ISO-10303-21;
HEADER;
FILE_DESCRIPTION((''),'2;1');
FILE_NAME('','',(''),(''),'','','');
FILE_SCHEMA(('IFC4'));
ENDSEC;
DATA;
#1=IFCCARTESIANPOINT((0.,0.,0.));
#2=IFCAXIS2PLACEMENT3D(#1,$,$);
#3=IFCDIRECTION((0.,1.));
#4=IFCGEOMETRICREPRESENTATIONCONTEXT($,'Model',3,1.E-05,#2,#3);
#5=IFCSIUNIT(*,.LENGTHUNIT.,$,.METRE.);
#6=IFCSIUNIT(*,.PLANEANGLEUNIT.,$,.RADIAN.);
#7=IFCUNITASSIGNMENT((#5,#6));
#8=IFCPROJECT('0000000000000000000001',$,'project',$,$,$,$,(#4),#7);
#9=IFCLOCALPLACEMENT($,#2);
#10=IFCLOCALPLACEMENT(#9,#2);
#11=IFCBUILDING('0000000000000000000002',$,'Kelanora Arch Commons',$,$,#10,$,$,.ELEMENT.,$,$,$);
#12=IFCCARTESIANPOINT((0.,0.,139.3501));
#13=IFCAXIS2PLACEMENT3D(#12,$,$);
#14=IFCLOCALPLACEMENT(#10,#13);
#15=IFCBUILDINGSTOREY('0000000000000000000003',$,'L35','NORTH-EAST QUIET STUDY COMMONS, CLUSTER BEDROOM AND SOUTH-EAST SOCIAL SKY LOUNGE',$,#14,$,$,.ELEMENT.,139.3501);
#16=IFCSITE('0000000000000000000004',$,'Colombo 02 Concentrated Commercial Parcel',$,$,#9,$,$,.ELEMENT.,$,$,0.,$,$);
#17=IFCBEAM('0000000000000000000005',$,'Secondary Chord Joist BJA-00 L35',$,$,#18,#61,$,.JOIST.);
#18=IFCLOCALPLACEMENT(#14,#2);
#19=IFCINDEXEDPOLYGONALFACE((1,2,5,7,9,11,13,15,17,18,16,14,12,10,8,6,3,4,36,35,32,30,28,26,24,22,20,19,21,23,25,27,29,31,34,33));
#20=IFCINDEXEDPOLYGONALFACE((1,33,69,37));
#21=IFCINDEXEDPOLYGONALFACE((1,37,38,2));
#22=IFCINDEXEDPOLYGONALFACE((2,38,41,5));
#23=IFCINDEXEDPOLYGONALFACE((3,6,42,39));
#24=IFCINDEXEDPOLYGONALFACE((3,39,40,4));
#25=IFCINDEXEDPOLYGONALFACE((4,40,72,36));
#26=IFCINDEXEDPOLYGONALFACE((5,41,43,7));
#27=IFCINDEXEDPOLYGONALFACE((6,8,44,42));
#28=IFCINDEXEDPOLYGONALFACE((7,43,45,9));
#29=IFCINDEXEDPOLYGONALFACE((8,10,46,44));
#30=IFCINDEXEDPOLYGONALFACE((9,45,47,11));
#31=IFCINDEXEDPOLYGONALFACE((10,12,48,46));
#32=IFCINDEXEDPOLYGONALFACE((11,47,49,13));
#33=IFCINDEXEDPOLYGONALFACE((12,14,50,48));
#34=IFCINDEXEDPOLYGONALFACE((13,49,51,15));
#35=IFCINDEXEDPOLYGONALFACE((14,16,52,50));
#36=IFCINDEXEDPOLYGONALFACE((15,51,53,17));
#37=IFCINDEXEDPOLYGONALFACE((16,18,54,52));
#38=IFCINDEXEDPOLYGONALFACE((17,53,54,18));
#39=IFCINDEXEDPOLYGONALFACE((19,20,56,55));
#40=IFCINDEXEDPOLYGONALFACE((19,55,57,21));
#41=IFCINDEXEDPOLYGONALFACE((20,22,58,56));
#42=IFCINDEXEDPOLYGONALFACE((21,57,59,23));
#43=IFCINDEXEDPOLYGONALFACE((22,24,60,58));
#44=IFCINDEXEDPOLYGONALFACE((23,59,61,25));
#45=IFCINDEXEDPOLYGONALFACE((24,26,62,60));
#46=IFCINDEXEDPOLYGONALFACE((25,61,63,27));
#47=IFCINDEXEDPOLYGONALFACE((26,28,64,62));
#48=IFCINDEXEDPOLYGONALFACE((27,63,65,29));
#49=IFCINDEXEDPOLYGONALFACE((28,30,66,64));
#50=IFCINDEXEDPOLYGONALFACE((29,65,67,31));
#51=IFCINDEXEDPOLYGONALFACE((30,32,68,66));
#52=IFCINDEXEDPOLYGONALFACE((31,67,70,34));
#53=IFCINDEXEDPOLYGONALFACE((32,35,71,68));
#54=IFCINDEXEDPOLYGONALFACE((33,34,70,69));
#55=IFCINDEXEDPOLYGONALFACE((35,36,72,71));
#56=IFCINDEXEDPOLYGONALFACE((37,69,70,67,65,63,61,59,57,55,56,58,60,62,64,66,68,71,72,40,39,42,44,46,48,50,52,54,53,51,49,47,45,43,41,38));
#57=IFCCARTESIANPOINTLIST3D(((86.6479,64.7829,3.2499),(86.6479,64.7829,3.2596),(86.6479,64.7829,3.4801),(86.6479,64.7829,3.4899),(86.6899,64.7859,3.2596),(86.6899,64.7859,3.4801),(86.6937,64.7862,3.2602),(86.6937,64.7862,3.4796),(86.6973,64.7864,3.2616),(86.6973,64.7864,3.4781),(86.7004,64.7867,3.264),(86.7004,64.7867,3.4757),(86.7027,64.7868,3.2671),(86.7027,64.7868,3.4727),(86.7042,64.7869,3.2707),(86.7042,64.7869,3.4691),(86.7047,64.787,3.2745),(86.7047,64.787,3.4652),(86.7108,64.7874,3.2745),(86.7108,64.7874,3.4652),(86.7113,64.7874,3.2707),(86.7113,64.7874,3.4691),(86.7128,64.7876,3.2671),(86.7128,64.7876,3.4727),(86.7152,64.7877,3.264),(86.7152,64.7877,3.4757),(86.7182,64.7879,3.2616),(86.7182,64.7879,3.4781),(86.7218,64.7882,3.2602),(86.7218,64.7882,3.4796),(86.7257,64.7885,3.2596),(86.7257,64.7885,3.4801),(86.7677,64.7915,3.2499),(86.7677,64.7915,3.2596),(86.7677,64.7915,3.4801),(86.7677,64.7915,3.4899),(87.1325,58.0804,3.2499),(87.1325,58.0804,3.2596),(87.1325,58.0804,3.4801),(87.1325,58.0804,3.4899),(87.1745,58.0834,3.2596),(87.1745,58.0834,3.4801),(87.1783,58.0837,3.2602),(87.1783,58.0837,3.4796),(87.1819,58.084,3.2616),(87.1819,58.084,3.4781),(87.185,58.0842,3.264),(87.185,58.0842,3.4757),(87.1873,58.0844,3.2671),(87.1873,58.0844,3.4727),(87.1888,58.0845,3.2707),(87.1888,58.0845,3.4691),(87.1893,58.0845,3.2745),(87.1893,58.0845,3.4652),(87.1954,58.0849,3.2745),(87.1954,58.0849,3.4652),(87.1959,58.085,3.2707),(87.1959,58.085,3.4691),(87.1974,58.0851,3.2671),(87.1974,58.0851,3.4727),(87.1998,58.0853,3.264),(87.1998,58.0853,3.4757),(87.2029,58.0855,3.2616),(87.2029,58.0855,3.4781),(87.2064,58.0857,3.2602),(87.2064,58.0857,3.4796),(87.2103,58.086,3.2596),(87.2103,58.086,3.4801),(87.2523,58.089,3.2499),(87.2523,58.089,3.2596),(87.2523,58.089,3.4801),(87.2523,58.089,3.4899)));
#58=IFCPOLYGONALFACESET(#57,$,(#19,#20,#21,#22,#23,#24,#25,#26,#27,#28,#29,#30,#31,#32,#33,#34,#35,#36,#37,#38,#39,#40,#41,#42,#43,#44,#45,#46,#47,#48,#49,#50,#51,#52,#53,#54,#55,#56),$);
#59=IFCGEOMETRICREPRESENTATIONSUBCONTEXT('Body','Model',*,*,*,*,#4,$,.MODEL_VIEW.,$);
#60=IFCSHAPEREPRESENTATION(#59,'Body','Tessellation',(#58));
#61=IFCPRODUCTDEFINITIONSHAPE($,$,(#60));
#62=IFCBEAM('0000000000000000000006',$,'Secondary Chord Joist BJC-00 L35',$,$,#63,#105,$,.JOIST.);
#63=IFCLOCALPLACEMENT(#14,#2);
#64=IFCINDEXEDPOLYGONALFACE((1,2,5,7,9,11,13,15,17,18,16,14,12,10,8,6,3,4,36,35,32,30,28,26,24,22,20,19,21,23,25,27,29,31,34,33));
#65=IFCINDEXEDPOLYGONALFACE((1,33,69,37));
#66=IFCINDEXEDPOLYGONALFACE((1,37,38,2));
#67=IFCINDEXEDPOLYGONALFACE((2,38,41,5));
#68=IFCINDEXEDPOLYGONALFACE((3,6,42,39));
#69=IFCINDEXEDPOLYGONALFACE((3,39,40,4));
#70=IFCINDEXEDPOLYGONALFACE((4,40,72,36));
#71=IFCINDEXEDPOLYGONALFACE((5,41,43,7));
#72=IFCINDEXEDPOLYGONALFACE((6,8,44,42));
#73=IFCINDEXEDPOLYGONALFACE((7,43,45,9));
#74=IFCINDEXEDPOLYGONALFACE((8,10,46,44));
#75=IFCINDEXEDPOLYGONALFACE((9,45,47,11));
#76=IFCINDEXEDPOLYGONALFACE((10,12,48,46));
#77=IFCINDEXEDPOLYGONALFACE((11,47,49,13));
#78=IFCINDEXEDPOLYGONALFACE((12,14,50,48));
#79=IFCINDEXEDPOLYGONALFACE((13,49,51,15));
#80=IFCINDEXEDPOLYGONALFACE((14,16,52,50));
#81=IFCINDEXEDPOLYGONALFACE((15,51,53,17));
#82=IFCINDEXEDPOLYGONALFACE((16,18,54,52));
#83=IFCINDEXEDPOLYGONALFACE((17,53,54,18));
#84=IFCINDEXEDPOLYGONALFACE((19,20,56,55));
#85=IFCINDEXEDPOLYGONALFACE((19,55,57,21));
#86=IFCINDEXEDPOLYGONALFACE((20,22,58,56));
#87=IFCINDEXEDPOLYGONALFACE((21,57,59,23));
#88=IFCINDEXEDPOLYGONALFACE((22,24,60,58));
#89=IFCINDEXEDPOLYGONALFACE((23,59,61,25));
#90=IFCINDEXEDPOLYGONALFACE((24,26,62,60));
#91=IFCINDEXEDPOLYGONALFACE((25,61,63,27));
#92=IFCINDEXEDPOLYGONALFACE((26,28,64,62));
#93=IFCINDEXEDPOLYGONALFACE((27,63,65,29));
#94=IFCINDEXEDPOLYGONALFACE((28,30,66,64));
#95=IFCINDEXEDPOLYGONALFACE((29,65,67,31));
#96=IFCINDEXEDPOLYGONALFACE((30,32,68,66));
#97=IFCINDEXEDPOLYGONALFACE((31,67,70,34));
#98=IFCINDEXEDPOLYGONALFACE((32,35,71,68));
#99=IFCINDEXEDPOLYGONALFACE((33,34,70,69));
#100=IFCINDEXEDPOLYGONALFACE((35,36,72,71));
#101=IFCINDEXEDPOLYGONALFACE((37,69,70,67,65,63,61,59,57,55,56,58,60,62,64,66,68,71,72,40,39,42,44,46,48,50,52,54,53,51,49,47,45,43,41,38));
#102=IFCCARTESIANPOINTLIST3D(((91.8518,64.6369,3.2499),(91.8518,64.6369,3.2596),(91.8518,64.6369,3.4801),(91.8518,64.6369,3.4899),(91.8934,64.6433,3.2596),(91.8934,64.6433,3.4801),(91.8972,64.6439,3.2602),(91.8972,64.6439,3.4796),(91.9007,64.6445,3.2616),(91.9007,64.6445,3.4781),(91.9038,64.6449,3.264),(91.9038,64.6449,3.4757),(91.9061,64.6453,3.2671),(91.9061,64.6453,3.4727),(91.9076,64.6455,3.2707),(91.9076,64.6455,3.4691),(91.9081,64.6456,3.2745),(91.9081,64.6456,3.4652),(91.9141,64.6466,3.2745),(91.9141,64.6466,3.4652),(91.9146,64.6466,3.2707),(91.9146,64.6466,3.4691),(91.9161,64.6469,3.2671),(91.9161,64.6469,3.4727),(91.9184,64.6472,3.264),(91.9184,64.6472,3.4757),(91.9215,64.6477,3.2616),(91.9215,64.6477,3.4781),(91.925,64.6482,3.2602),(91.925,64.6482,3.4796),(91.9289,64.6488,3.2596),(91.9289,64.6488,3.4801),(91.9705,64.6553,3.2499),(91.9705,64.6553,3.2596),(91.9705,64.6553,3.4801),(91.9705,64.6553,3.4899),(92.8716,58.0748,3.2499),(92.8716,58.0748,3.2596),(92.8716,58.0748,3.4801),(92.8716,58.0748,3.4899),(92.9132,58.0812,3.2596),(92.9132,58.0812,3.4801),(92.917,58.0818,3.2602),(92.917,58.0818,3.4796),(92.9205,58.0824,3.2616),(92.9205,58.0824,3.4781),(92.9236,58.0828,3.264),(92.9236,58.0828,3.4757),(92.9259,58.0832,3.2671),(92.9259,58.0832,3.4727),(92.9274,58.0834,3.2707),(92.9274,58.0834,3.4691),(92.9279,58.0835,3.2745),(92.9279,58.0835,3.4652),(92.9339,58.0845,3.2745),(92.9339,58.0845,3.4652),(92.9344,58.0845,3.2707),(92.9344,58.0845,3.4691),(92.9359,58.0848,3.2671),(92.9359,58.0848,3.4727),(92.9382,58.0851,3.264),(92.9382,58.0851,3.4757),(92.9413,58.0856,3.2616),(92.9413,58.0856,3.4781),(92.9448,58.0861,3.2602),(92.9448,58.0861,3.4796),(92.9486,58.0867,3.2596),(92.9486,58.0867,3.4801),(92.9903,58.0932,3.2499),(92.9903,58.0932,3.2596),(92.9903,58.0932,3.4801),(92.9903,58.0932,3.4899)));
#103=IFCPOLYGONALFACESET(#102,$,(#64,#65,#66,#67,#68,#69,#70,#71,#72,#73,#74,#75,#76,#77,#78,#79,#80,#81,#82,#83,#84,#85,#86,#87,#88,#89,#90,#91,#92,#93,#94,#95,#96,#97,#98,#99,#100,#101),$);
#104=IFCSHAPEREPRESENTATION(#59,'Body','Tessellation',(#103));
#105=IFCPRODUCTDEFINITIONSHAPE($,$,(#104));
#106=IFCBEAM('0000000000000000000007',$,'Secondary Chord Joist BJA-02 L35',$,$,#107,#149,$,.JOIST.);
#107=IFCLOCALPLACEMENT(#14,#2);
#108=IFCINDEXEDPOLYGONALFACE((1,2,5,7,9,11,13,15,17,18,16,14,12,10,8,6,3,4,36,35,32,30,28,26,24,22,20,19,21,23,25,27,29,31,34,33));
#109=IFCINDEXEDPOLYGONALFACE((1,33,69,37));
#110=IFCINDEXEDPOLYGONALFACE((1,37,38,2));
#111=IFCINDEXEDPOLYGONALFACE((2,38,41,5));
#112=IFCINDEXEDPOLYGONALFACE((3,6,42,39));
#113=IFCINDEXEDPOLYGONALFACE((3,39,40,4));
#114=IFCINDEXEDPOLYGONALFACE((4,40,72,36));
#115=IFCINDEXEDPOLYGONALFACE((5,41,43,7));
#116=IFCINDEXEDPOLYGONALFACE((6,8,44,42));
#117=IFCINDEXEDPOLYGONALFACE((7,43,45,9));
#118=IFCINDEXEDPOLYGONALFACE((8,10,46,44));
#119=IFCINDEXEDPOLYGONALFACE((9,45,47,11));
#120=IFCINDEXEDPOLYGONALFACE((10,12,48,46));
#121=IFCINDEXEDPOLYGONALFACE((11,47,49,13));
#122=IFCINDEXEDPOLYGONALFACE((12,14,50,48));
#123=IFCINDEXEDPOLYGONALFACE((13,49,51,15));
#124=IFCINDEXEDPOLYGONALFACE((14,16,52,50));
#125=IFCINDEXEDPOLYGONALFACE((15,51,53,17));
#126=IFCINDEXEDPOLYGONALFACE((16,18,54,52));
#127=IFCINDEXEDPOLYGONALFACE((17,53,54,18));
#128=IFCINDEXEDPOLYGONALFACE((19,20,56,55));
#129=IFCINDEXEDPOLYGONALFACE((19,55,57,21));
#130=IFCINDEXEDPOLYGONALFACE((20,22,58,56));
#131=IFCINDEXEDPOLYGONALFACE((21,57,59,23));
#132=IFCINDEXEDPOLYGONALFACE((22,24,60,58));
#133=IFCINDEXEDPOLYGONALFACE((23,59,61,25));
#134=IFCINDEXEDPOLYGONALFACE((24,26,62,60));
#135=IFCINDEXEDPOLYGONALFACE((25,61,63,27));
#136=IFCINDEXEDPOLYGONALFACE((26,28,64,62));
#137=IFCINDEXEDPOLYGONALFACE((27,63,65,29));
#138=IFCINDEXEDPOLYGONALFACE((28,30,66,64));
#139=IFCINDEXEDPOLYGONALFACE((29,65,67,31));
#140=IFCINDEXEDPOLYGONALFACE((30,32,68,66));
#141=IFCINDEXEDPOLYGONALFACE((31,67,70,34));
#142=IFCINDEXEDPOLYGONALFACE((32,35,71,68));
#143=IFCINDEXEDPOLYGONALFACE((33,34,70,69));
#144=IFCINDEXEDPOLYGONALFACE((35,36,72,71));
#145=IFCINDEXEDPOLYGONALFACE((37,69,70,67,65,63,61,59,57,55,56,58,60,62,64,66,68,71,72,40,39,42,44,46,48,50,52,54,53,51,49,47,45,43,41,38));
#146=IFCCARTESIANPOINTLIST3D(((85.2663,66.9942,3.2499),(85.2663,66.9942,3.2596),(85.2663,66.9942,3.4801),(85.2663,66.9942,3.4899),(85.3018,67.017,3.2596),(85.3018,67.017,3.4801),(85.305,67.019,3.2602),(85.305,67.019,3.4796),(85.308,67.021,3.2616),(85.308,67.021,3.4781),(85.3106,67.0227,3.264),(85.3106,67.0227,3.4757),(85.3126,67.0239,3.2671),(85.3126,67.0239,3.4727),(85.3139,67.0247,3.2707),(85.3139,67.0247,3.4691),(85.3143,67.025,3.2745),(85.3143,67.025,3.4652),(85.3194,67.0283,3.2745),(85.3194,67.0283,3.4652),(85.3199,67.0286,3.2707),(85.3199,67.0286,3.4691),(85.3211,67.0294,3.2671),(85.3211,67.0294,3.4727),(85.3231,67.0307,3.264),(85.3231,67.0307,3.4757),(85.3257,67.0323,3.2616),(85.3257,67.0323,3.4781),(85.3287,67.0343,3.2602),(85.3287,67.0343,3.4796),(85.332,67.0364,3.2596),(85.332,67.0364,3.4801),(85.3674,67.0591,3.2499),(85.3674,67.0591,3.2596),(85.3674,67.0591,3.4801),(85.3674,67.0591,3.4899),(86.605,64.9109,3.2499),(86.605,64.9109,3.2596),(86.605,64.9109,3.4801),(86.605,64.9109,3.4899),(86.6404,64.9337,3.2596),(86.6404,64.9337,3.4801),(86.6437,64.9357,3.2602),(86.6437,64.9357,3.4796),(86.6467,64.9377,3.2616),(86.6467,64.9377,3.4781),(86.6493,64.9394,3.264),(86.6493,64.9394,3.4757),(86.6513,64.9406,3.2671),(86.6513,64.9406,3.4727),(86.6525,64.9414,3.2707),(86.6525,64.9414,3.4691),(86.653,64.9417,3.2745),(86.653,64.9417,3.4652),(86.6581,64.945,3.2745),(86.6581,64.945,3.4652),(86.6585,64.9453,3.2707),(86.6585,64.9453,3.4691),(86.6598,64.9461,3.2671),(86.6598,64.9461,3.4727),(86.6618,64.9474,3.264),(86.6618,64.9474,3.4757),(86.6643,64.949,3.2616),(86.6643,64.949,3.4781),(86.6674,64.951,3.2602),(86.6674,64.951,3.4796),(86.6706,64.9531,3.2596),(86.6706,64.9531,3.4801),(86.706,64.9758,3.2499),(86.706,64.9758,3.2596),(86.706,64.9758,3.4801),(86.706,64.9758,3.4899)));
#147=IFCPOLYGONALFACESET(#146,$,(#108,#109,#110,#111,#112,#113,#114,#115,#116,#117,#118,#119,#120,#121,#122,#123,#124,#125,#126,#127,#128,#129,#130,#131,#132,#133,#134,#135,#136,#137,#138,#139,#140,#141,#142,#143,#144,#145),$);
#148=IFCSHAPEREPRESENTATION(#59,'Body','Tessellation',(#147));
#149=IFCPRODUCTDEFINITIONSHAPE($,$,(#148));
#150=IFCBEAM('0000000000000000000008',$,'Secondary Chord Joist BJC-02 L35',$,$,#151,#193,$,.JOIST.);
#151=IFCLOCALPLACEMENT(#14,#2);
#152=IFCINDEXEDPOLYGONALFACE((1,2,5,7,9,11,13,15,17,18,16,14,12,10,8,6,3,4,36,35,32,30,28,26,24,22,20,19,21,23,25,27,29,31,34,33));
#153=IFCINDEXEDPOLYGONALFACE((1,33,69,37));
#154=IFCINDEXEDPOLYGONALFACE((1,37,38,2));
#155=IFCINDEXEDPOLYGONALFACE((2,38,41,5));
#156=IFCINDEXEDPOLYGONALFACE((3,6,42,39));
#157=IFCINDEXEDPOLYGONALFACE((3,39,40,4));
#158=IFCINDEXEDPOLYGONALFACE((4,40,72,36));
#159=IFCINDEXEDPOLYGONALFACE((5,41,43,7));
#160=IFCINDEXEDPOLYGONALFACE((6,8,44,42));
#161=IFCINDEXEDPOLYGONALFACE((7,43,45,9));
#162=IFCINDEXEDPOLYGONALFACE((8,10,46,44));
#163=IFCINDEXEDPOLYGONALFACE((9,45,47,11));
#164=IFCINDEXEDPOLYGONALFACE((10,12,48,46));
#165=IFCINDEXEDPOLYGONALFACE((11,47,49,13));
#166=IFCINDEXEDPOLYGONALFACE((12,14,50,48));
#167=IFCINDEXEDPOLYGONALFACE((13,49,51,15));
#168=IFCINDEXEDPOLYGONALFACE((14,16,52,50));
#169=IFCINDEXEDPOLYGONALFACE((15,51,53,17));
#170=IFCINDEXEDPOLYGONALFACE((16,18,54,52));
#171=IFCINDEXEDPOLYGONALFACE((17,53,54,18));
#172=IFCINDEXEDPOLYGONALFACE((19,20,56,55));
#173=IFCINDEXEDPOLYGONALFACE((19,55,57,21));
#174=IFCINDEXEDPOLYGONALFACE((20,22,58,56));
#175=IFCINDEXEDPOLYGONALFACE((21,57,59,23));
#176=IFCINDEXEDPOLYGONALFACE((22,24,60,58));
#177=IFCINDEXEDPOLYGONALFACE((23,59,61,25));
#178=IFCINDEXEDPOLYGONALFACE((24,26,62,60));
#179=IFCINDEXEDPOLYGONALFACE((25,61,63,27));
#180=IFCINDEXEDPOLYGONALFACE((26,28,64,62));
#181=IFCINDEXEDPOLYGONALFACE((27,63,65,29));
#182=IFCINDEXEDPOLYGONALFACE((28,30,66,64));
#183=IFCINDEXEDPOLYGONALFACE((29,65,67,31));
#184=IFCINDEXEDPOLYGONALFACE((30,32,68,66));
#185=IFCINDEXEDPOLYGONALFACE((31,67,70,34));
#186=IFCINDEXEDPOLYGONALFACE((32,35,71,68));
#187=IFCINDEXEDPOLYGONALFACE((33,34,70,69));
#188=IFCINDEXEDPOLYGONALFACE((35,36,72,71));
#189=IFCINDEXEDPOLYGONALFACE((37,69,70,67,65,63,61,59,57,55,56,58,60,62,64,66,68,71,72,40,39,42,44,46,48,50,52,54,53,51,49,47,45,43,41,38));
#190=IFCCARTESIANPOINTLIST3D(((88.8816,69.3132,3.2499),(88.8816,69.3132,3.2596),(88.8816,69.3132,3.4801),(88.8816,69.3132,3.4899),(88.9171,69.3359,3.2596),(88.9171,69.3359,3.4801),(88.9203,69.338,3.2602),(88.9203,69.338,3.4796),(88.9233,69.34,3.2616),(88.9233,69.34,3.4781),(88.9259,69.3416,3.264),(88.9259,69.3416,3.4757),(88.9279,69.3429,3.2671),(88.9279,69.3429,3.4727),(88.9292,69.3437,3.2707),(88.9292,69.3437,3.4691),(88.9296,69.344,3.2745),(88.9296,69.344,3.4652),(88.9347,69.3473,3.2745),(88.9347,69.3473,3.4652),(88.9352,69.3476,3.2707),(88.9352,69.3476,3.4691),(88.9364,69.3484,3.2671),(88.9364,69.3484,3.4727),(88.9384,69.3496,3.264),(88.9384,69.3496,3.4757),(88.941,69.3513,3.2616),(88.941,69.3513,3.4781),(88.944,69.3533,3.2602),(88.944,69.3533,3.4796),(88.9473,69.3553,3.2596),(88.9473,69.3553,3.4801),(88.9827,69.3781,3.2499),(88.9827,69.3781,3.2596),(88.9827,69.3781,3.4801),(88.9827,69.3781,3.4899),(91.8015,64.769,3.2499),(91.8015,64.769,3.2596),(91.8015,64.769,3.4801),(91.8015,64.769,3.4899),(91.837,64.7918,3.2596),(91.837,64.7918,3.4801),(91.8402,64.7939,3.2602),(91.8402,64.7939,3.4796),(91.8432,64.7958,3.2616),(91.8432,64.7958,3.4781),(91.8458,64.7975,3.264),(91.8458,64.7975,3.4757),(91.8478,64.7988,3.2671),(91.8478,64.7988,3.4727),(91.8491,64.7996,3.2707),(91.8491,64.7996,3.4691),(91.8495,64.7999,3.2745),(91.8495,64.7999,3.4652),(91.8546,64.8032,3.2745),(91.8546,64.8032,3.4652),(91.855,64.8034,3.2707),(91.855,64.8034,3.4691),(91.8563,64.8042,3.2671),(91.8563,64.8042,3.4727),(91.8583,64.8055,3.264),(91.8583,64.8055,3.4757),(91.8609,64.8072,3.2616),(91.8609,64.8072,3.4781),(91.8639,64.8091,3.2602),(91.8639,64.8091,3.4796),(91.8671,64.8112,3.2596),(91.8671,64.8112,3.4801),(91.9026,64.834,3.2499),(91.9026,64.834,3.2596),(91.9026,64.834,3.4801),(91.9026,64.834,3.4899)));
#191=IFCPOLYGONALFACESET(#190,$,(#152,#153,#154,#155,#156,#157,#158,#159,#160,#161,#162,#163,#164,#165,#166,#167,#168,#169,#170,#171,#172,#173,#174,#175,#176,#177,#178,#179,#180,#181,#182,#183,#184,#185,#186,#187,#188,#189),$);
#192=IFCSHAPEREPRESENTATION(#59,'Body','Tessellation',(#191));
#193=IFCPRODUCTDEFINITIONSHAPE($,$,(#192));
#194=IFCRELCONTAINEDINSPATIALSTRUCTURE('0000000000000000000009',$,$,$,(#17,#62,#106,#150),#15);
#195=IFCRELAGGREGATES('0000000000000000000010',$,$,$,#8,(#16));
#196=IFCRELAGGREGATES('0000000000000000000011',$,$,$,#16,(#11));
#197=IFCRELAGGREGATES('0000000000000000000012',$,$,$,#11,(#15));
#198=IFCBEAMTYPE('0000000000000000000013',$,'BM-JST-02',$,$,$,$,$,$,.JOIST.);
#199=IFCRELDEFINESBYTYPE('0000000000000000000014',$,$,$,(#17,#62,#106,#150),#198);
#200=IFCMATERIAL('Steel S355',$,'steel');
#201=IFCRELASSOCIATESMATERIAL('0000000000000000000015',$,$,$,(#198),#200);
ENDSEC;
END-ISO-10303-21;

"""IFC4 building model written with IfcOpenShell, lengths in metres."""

from ifc_helpers import new_model, si_unit, direction, frame, origin, origin_2d, place, context, subcontext, project, spatial, i_section, extrude, material, material_profile, profile_set, type_object, element, save


model = new_model("IFC4")

# Units and contexts
model_context = context("Model", 3, precision=1e-05, world=origin(), true_north=direction((0.0, 1.0)))
body_context = subcontext(model_context, "Body", "Model", "MODEL_VIEW")
ifc_project = project(units=[si_unit("LENGTHUNIT", "METRE"), si_unit("PLANEANGLEUNIT", "RADIAN")], contexts=[model_context])

# Site, building, storey
site_placement = place(None, origin())
site = spatial("IfcSite", under=ifc_project, at=site_placement, Name="Colombo 02 Concentrated Commercial Parcel", CompositionType="ELEMENT", RefElevation=0.0)
building_placement = place(site_placement, origin())
building = spatial("IfcBuilding", under=site, at=building_placement, Name="Kelanora Arch Commons", CompositionType="ELEMENT")
storey_placement = place(building_placement, frame((0.0, 0.0, 139.3501)))
storey = spatial("IfcBuildingStorey", under=building, at=storey_placement, Name="L35", Description="NORTH-EAST QUIET STUDY COMMONS, CLUSTER BEDROOM AND SOUTH-EAST SOCIAL SKY LOUNGE", CompositionType="ELEMENT", Elevation=139.3501)

# Beams
ifc_material_1 = material(Name="Steel S355", Category="steel")
ifc_material_profile_1 = material_profile(ifc_material_1, i_section(OverallWidth=0.1201, OverallDepth=0.24, WebThickness=0.0061, FlangeThickness=0.0098, FilletRadius=0.0149, at=origin_2d()), Name="IPE240")
ifc_profile_set_1 = profile_set([ifc_material_profile_1], Name="Steel S355")
beam_type_1 = type_object("IfcBeamType", Name="BM-JST-02", PredefinedType="JOIST", material=ifc_profile_set_1)
beam_1_placement = place(storey_placement, frame((87.1924, 58.0847, 3.3699), z_axis=(-0.072117, 0.997396, 0.0), x_axis=(-0.997396, -0.072117, 0.0)))
element("IfcBeam", 1, at=beam_1_placement, inside=storey, type_object=beam_type_1, Name="Secondary Chord Joist BJA-00 L35", PredefinedType="JOIST", context=body_context, shape_type="SweptSolid", body=[
    extrude(i_section(OverallWidth=0.1201, OverallDepth=0.24, WebThickness=0.0061, FlangeThickness=0.0098, FilletRadius=0.0149, at=origin_2d()), origin(), (0.0, 0.0, 1.0), 6.72),
])
beam_2_placement = place(storey_placement, frame((92.9309, 58.084, 3.3699), z_axis=(-0.153563, 0.988139, 0.0), x_axis=(-0.988139, -0.153563, 0.0)))
element("IfcBeam", 2, at=beam_2_placement, inside=storey, type_object=beam_type_1, Name="Secondary Chord Joist BJC-00 L35", PredefinedType="JOIST", context=body_context, shape_type="SweptSolid", body=[
    extrude(i_section(OverallWidth=0.1201, OverallDepth=0.24, WebThickness=0.0061, FlangeThickness=0.0098, FilletRadius=0.0149, at=origin_2d()), origin(), (0.0, 0.0, 1.0), 6.6409),
])
beam_3_placement = place(storey_placement, frame((86.6555, 64.9434, 3.3699), z_axis=(-0.540583, 0.841291, 0.0), x_axis=(-0.841291, -0.540583, 0.0)))
element("IfcBeam", 3, at=beam_3_placement, inside=storey, type_object=beam_type_1, Name="Secondary Chord Joist BJA-02 L35", PredefinedType="JOIST", context=body_context, shape_type="SweptSolid", body=[
    extrude(i_section(OverallWidth=0.1201, OverallDepth=0.24, WebThickness=0.0061, FlangeThickness=0.0098, FilletRadius=0.0149, at=origin_2d()), origin(), (0.0, 0.0, 1.0), 2.4763),
])
beam_4_placement = place(storey_placement, frame((91.8521, 64.8015, 3.3699), z_axis=(-0.540582, 0.841292, 0.0), x_axis=(-0.841292, -0.540582, 0.0)))
element("IfcBeam", 4, at=beam_4_placement, inside=storey, type_object=beam_type_1, Name="Secondary Chord Joist BJC-02 L35", PredefinedType="JOIST", context=body_context, shape_type="SweptSolid", body=[
    extrude(i_section(OverallWidth=0.1201, OverallDepth=0.24, WebThickness=0.0061, FlangeThickness=0.0098, FilletRadius=0.0149, at=origin_2d()), origin(), (0.0, 0.0, 1.0), 5.4014),
])

save(model, "model.ifc")
